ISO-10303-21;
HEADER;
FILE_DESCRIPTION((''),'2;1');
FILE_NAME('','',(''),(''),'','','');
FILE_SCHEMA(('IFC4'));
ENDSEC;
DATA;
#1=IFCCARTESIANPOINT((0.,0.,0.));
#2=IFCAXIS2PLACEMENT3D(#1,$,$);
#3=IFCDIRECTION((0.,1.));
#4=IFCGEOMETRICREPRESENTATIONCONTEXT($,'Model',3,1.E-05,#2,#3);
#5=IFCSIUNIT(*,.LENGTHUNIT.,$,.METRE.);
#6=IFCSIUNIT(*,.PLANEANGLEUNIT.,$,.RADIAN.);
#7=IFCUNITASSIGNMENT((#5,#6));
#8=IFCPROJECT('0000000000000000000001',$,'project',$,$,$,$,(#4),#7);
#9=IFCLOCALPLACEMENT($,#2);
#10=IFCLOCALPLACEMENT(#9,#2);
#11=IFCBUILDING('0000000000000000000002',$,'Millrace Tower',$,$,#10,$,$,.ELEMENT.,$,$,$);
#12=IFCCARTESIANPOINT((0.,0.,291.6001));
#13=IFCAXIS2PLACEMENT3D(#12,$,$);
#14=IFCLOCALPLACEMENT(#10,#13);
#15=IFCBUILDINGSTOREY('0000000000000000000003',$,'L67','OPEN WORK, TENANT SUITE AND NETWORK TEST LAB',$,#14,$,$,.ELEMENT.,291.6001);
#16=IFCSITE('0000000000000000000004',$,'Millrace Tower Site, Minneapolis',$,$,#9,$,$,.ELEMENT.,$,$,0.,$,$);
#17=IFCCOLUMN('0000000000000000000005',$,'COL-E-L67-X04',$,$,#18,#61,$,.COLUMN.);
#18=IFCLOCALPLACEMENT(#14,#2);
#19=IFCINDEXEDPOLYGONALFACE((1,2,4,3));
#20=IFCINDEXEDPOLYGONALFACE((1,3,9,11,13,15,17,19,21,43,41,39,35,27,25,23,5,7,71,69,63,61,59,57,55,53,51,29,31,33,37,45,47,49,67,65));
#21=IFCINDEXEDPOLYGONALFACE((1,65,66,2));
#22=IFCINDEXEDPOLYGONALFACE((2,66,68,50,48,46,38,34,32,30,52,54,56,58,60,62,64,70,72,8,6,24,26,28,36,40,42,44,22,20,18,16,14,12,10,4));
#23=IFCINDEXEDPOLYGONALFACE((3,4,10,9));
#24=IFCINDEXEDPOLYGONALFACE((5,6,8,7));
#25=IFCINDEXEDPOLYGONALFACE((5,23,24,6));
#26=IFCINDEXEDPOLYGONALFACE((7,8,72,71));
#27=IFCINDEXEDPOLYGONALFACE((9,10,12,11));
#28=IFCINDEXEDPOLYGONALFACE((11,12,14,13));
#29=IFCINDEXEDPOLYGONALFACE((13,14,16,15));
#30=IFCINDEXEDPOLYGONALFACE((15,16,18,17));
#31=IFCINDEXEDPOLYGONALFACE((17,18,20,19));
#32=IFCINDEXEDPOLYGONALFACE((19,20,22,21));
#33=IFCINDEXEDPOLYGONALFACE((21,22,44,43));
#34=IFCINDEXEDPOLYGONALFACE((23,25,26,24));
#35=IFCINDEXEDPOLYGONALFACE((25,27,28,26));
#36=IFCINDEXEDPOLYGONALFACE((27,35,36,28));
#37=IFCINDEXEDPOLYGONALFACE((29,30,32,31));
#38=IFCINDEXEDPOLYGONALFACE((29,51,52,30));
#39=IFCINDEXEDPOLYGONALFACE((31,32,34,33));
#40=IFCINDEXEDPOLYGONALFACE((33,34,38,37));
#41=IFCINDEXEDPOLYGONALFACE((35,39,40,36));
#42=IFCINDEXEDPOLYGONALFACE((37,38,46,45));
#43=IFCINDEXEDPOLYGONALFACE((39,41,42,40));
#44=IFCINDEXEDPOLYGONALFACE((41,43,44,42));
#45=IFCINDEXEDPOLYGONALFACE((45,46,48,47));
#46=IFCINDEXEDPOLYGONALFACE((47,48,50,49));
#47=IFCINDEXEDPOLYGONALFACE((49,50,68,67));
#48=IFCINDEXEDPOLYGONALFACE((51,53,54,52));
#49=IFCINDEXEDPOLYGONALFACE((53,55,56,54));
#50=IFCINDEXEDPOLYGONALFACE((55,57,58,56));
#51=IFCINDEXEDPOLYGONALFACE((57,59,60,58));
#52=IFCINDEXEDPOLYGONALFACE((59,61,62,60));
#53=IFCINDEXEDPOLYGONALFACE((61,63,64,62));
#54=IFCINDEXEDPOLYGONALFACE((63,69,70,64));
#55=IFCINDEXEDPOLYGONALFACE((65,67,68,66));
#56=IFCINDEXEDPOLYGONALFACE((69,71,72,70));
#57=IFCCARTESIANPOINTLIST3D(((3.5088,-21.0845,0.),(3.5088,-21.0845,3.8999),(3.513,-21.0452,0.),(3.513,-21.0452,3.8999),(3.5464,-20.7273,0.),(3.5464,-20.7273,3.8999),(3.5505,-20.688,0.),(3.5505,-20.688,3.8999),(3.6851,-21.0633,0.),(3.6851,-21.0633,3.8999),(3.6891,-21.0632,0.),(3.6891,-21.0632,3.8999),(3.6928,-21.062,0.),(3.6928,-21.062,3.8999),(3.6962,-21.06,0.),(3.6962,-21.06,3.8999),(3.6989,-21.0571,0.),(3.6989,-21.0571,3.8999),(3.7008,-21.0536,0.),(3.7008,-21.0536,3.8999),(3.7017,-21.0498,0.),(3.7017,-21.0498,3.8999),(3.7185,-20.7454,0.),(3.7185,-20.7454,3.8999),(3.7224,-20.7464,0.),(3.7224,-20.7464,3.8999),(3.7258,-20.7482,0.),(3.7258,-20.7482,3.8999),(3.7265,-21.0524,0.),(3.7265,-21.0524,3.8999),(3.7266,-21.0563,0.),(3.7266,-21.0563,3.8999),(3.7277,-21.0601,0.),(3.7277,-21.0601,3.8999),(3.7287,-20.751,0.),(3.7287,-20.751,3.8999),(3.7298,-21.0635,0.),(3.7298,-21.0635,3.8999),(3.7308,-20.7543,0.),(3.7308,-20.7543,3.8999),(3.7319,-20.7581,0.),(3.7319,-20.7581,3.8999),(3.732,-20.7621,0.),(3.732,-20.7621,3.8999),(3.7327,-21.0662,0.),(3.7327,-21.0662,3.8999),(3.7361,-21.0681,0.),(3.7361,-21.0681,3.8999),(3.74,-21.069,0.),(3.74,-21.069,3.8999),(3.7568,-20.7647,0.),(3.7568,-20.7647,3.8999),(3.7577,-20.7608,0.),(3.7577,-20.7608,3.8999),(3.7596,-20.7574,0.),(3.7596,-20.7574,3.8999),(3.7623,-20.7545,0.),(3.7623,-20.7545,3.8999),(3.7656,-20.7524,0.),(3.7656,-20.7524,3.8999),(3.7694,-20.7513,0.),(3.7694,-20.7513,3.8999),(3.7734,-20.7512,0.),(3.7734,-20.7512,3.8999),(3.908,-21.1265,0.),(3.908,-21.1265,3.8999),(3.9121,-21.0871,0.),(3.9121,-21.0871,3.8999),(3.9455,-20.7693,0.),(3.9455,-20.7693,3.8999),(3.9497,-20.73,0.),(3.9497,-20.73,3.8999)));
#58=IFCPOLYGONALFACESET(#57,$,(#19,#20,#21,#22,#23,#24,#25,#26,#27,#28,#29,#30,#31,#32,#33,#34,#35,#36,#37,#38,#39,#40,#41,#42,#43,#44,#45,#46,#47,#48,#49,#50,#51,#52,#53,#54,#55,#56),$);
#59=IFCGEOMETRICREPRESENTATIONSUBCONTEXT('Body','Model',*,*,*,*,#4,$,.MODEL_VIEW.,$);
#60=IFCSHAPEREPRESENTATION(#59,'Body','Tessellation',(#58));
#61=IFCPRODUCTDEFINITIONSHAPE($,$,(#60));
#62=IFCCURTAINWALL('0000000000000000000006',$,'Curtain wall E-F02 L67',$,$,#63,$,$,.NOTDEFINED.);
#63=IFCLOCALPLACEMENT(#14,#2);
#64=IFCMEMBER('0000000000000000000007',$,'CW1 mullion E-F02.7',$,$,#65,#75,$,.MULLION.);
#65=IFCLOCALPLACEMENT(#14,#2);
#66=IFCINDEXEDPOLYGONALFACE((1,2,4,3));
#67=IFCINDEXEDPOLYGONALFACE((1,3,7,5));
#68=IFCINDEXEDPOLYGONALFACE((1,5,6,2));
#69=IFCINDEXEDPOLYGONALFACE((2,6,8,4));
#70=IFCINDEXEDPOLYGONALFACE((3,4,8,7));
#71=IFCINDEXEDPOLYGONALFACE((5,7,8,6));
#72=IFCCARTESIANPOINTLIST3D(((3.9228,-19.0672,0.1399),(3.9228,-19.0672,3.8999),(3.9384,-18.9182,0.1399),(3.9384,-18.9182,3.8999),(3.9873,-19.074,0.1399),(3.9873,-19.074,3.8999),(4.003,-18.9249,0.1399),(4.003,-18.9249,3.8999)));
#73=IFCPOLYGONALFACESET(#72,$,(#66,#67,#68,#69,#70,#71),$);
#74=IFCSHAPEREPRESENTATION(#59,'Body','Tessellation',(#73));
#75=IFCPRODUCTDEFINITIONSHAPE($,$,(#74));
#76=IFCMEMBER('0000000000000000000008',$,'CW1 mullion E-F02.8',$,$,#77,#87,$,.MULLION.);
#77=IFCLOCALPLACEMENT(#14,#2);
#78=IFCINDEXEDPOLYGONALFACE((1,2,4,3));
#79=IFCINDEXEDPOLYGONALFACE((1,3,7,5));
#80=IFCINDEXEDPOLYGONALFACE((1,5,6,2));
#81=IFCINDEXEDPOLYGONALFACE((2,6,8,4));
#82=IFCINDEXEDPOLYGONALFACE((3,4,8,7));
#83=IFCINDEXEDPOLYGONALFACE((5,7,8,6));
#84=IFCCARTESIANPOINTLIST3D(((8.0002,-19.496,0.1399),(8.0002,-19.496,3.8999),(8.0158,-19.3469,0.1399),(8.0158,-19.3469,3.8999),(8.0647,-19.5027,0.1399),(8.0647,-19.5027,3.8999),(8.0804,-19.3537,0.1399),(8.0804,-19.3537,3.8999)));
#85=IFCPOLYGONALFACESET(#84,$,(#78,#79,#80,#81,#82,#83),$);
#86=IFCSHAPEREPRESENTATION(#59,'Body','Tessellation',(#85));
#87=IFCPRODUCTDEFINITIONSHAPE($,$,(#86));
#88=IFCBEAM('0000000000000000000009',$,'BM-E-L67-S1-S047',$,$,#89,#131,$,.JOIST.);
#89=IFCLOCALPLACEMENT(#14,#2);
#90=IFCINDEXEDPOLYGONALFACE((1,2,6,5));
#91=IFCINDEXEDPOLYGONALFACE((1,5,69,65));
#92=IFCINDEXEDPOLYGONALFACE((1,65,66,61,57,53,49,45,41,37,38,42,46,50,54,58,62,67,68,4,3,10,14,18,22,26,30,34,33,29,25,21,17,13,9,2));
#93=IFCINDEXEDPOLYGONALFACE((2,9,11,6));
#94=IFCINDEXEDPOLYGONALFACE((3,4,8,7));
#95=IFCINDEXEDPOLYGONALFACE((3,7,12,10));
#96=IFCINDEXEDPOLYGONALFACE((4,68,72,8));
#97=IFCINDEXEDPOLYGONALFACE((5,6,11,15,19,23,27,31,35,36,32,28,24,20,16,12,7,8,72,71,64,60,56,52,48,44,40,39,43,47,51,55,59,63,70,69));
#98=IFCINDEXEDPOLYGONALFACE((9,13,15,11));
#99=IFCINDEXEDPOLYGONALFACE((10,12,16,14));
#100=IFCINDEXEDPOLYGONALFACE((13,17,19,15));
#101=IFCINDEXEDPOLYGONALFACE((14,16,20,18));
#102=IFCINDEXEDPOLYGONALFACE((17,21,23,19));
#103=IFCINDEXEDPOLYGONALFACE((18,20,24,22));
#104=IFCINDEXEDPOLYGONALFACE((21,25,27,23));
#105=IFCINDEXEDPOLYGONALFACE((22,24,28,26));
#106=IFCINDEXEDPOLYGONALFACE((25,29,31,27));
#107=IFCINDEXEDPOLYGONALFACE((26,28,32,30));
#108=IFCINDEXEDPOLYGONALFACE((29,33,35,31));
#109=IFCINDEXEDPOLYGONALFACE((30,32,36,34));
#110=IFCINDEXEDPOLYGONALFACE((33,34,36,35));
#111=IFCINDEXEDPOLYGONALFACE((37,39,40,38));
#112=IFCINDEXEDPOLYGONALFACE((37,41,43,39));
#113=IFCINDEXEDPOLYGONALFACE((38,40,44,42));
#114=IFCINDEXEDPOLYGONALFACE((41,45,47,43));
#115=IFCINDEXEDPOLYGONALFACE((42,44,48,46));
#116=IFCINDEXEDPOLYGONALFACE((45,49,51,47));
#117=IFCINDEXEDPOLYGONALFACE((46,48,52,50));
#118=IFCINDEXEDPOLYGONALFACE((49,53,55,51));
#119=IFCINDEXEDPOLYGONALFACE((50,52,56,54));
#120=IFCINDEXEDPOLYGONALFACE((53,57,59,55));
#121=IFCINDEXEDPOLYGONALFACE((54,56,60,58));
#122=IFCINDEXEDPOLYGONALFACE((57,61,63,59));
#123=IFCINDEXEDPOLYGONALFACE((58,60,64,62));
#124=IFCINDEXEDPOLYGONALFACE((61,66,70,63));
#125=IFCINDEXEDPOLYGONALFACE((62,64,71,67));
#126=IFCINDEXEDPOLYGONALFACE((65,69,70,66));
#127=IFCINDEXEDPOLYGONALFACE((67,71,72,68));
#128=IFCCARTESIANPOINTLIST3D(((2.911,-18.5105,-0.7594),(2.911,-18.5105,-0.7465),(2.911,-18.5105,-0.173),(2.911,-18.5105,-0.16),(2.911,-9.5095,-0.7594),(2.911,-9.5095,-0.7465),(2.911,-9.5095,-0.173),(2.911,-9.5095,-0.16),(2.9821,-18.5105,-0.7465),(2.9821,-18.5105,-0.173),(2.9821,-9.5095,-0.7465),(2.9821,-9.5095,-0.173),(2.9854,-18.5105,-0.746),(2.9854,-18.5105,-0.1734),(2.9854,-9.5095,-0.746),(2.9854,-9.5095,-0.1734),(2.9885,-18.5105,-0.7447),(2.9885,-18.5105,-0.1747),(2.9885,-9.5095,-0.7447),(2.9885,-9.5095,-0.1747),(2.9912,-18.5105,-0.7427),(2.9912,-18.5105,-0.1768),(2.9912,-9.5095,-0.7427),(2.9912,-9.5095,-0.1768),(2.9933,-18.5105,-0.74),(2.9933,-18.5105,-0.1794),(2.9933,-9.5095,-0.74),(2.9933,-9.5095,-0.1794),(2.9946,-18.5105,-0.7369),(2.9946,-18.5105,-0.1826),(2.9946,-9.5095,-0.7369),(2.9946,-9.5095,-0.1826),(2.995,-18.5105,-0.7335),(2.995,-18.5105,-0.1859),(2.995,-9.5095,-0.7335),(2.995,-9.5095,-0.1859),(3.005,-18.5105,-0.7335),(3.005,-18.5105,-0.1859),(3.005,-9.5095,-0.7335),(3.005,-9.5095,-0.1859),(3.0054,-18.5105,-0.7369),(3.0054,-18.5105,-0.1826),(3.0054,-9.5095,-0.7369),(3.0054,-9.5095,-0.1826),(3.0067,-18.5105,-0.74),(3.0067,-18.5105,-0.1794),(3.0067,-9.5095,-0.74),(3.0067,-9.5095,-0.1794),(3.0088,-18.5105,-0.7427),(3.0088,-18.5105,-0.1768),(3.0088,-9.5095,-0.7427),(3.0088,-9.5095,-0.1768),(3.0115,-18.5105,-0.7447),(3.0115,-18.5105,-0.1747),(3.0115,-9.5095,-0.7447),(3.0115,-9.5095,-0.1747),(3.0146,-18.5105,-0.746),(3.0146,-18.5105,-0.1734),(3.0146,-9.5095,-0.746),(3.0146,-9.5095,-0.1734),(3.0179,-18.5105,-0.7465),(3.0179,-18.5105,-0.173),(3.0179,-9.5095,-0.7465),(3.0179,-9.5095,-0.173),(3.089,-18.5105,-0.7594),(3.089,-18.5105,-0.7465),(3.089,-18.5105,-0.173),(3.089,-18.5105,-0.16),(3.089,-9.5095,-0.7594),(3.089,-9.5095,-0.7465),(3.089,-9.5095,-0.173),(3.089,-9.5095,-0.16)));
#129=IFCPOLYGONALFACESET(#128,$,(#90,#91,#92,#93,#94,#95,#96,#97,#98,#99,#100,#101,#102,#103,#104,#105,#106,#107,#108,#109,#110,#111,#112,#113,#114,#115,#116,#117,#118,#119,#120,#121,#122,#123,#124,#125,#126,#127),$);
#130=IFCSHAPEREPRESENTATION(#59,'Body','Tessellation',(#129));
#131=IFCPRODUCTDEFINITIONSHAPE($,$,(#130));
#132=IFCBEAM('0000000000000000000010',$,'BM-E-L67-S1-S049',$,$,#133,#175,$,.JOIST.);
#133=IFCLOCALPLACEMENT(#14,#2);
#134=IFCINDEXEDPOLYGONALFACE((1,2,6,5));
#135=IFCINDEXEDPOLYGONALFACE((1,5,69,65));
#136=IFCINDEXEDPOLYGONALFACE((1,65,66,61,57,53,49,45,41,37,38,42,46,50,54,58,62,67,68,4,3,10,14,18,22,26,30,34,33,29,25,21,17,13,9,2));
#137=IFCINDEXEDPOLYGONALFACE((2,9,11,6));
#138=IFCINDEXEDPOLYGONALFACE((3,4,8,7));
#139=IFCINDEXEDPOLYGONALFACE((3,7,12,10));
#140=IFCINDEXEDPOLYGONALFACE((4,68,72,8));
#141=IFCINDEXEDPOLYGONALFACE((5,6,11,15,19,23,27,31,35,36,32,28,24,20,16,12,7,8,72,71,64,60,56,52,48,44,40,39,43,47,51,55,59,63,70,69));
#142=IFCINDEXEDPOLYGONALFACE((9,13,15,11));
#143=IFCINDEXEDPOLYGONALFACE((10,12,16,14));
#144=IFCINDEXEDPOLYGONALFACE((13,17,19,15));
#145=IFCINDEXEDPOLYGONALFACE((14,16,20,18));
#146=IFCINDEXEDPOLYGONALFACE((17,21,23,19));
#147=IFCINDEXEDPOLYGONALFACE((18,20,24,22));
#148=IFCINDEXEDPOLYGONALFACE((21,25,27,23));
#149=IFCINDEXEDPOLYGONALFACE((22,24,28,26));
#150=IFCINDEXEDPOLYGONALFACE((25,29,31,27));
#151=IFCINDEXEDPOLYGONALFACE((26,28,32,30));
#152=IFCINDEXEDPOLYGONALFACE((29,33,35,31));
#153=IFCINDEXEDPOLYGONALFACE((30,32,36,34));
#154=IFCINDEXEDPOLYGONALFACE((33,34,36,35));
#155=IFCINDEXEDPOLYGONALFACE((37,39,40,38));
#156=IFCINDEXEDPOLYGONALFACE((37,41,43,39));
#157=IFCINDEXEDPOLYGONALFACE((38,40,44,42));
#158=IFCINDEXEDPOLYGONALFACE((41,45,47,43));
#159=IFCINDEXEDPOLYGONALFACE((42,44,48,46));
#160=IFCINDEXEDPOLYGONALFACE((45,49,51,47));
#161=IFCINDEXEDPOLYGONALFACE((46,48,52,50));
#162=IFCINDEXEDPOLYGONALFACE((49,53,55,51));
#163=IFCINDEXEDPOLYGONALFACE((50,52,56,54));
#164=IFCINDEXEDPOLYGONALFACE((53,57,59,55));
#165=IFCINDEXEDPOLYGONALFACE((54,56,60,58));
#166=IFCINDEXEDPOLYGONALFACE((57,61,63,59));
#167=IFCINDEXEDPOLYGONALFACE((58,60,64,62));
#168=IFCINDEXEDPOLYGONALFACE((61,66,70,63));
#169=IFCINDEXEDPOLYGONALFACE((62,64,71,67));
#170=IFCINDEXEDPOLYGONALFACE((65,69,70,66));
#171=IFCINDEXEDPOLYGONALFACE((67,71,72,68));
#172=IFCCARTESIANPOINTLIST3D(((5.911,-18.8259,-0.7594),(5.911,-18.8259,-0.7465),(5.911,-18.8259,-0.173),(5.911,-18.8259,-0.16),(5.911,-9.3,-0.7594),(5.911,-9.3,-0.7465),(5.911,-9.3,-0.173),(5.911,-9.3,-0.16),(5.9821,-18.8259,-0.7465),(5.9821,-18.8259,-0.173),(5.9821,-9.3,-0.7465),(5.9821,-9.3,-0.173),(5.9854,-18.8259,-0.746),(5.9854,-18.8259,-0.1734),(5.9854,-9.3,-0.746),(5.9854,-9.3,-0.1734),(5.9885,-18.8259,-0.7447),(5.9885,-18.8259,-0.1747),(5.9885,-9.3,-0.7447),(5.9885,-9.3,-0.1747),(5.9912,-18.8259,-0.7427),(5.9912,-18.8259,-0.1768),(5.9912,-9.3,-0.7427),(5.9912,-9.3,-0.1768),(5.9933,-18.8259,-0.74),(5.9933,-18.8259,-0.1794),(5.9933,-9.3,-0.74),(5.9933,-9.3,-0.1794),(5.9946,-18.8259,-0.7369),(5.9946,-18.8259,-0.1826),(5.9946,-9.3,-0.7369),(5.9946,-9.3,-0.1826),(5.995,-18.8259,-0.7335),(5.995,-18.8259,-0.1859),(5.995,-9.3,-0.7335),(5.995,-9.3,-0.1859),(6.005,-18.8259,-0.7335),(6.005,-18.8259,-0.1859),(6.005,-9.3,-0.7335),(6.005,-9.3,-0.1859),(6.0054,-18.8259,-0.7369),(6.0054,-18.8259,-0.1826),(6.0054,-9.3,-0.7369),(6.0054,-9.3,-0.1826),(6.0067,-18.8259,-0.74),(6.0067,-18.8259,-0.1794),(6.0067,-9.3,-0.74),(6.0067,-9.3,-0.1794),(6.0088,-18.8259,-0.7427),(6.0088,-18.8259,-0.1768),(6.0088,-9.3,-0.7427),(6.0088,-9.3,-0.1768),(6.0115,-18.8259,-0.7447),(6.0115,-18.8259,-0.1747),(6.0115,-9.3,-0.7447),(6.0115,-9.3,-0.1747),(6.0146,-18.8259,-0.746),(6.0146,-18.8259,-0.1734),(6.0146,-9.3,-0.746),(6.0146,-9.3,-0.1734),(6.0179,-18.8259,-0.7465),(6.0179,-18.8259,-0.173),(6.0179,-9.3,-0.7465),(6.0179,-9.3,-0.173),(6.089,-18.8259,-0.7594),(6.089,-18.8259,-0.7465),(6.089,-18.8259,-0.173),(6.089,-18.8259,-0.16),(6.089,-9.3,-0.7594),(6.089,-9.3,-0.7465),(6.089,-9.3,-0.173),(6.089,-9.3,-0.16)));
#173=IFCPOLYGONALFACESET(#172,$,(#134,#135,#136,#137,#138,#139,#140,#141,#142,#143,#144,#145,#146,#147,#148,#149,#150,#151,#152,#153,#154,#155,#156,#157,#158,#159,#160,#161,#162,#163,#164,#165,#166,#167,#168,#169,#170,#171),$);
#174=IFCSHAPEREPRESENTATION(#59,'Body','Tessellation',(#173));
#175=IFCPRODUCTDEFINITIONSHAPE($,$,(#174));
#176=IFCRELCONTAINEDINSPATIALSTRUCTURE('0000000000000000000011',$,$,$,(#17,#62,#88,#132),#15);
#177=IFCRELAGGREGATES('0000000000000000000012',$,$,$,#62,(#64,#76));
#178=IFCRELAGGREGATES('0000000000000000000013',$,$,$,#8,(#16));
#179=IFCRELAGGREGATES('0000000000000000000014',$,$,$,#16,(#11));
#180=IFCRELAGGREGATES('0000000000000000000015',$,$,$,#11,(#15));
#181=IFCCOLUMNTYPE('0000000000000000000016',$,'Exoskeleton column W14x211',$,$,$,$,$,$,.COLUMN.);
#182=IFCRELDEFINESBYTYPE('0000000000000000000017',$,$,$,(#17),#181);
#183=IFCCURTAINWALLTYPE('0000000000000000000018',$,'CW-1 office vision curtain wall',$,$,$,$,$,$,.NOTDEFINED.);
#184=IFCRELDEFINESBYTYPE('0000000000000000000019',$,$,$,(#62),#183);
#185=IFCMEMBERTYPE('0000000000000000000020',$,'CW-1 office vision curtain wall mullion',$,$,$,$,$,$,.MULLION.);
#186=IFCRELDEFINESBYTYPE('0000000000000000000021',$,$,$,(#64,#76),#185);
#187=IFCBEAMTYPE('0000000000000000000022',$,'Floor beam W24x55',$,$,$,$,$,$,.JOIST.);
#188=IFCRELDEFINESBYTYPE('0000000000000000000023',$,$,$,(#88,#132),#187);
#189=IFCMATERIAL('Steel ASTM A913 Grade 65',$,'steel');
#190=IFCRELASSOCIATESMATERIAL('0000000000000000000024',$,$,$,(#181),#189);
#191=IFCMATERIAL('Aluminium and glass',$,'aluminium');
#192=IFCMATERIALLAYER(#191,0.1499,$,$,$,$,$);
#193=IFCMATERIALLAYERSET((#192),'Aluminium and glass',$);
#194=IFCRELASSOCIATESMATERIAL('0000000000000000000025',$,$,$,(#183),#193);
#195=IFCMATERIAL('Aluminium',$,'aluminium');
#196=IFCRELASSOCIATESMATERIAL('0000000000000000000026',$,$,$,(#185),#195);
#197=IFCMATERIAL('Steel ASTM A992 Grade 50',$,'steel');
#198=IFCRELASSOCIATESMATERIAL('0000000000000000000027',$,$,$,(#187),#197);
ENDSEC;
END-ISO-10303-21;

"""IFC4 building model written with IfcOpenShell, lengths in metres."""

from ifc_helpers import new_model, si_unit, direction, frame, origin, origin_2d, place, context, subcontext, project, spatial, rectangle, i_section, extrude, material, layer, layer_set, material_profile, profile_set, type_object, element, aggregate, save


model = new_model("IFC4")

# Units and contexts
model_context = context("Model", 3, precision=1e-05, world=origin(), true_north=direction((0.0, 1.0)))
body_context = subcontext(model_context, "Body", "Model", "MODEL_VIEW")
ifc_project = project(units=[si_unit("LENGTHUNIT", "METRE"), si_unit("PLANEANGLEUNIT", "RADIAN")], contexts=[model_context])

# Site, building, storey
site_placement = place(None, origin())
site = spatial("IfcSite", under=ifc_project, at=site_placement, Name="Millrace Tower Site, Minneapolis", CompositionType="ELEMENT", RefElevation=0.0)
building_placement = place(site_placement, origin())
building = spatial("IfcBuilding", under=site, at=building_placement, Name="Millrace Tower", CompositionType="ELEMENT")
storey_placement = place(building_placement, frame((0.0, 0.0, 291.6001)))
storey = spatial("IfcBuildingStorey", under=building, at=storey_placement, Name="L67", Description="OPEN WORK, TENANT SUITE AND NETWORK TEST LAB", CompositionType="ELEMENT", Elevation=291.6001)

# Column
ifc_material_1 = material(Name="Steel ASTM A913 Grade 65", Category="steel")
ifc_material_profile_1 = material_profile(ifc_material_1, i_section(OverallWidth=0.4014, OverallDepth=0.3987, WebThickness=0.0249, FlangeThickness=0.0396, FilletRadius=0.0151, at=origin_2d()))
ifc_profile_set_1 = profile_set([ifc_material_profile_1], Name="Steel ASTM A913 Grade 65")
column_type = type_object("IfcColumnType", Name="Exoskeleton column W14x211", PredefinedType="COLUMN", material=ifc_profile_set_1)
column_placement = place(storey_placement, frame((3.7292, -20.9072, 0.0), z_axis=(0.0, 0.0, 1.0), x_axis=(0.994522, -0.104528, 0.0)))
element("IfcColumn", 1, at=column_placement, inside=storey, type_object=column_type, Name="COL-E-L67-X04", PredefinedType="COLUMN", context=body_context, shape_type="SweptSolid", body=[
    extrude(i_section(OverallWidth=0.4014, OverallDepth=0.3987, WebThickness=0.0249, FlangeThickness=0.0396, FilletRadius=0.0151, at=origin_2d()), origin(), (0.0, 0.0, 1.0), 3.8999),
])

# Curtain wall, members
ifc_material_2 = material(Name="Aluminium and glass", Category="aluminium")
ifc_layer_1 = layer(ifc_material_2, 0.1499)
ifc_layer_set_1 = layer_set([ifc_layer_1], Name="Aluminium and glass")
curtain_wall_type = type_object("IfcCurtainWallType", Name="CW-1 office vision curtain wall", PredefinedType="NOTDEFINED", material=ifc_layer_set_1)
placement = place(storey_placement, origin())
curtain_wall = element("IfcCurtainWall", 2, at=placement, inside=storey, type_object=curtain_wall_type, Name="Curtain wall E-F02 L67", PredefinedType="NOTDEFINED")
ifc_material_3 = material(Name="Aluminium", Category="aluminium")
ifc_material_profile_2 = material_profile(ifc_material_3, rectangle(XDim=0.0649, YDim=0.1499, at=origin_2d()))
ifc_profile_set_2 = profile_set([ifc_material_profile_2], Name="Aluminium")
member_type = type_object("IfcMemberType", Name="CW-1 office vision curtain wall mullion", PredefinedType="MULLION", material=ifc_profile_set_2)
member_1_placement = place(storey_placement, frame((3.9629, -18.9961, 0.1399), z_axis=(0.0, 0.0, 1.0), x_axis=(0.994522, -0.104528, 0.0)))
member_1 = element("IfcMember", 3, at=member_1_placement, type_object=member_type, Name="CW1 mullion E-F02.7", PredefinedType="MULLION", context=body_context, shape_type="SweptSolid", body=[
    extrude(rectangle(XDim=0.0649, YDim=0.1499, at=origin_2d()), origin(), (0.0, 0.0, 1.0), 3.76),
])
member_2_placement = place(storey_placement, frame((8.0403, -19.4248, 0.1399), z_axis=(0.0, 0.0, 1.0), x_axis=(0.994522, -0.104528, 0.0)))
member_2 = element("IfcMember", 4, at=member_2_placement, type_object=member_type, Name="CW1 mullion E-F02.8", PredefinedType="MULLION", context=body_context, shape_type="SweptSolid", body=[
    extrude(rectangle(XDim=0.0649, YDim=0.1499, at=origin_2d()), origin(), (0.0, 0.0, 1.0), 3.76),
])
aggregate(curtain_wall, [member_1, member_2])

# Beams
ifc_material_4 = material(Name="Steel ASTM A992 Grade 50", Category="steel")
ifc_material_profile_3 = material_profile(ifc_material_4, i_section(OverallWidth=0.178, OverallDepth=0.5994, WebThickness=0.01, FlangeThickness=0.0129, FilletRadius=0.0129, at=origin_2d()))
ifc_profile_set_3 = profile_set([ifc_material_profile_3], Name="Steel ASTM A992 Grade 50")
beam_type_1 = type_object("IfcBeamType", Name="Floor beam W24x55", PredefinedType="JOIST", material=ifc_profile_set_3)
beam_1_placement = place(storey_placement, frame((3.0, -18.5105, -0.4597), z_axis=(0.0, 1.0, 0.0), x_axis=(-1.0, 0.0, 0.0)))
element("IfcBeam", 5, at=beam_1_placement, inside=storey, type_object=beam_type_1, Name="BM-E-L67-S1-S047", PredefinedType="JOIST", context=body_context, shape_type="SweptSolid", body=[
    extrude(i_section(OverallWidth=0.178, OverallDepth=0.5994, WebThickness=0.01, FlangeThickness=0.0129, FilletRadius=0.0129, at=origin_2d()), origin(), (0.0, 0.0, 1.0), 9.001),
])
beam_2_placement = place(storey_placement, frame((6.0, -18.8259, -0.4597), z_axis=(0.0, 1.0, 0.0), x_axis=(-1.0, 0.0, 0.0)))
element("IfcBeam", 6, at=beam_2_placement, inside=storey, type_object=beam_type_1, Name="BM-E-L67-S1-S049", PredefinedType="JOIST", context=body_context, shape_type="SweptSolid", body=[
    extrude(i_section(OverallWidth=0.178, OverallDepth=0.5994, WebThickness=0.01, FlangeThickness=0.0129, FilletRadius=0.0129, at=origin_2d()), origin(), (0.0, 0.0, 1.0), 9.5259),
])

save(model, "model.ifc")
